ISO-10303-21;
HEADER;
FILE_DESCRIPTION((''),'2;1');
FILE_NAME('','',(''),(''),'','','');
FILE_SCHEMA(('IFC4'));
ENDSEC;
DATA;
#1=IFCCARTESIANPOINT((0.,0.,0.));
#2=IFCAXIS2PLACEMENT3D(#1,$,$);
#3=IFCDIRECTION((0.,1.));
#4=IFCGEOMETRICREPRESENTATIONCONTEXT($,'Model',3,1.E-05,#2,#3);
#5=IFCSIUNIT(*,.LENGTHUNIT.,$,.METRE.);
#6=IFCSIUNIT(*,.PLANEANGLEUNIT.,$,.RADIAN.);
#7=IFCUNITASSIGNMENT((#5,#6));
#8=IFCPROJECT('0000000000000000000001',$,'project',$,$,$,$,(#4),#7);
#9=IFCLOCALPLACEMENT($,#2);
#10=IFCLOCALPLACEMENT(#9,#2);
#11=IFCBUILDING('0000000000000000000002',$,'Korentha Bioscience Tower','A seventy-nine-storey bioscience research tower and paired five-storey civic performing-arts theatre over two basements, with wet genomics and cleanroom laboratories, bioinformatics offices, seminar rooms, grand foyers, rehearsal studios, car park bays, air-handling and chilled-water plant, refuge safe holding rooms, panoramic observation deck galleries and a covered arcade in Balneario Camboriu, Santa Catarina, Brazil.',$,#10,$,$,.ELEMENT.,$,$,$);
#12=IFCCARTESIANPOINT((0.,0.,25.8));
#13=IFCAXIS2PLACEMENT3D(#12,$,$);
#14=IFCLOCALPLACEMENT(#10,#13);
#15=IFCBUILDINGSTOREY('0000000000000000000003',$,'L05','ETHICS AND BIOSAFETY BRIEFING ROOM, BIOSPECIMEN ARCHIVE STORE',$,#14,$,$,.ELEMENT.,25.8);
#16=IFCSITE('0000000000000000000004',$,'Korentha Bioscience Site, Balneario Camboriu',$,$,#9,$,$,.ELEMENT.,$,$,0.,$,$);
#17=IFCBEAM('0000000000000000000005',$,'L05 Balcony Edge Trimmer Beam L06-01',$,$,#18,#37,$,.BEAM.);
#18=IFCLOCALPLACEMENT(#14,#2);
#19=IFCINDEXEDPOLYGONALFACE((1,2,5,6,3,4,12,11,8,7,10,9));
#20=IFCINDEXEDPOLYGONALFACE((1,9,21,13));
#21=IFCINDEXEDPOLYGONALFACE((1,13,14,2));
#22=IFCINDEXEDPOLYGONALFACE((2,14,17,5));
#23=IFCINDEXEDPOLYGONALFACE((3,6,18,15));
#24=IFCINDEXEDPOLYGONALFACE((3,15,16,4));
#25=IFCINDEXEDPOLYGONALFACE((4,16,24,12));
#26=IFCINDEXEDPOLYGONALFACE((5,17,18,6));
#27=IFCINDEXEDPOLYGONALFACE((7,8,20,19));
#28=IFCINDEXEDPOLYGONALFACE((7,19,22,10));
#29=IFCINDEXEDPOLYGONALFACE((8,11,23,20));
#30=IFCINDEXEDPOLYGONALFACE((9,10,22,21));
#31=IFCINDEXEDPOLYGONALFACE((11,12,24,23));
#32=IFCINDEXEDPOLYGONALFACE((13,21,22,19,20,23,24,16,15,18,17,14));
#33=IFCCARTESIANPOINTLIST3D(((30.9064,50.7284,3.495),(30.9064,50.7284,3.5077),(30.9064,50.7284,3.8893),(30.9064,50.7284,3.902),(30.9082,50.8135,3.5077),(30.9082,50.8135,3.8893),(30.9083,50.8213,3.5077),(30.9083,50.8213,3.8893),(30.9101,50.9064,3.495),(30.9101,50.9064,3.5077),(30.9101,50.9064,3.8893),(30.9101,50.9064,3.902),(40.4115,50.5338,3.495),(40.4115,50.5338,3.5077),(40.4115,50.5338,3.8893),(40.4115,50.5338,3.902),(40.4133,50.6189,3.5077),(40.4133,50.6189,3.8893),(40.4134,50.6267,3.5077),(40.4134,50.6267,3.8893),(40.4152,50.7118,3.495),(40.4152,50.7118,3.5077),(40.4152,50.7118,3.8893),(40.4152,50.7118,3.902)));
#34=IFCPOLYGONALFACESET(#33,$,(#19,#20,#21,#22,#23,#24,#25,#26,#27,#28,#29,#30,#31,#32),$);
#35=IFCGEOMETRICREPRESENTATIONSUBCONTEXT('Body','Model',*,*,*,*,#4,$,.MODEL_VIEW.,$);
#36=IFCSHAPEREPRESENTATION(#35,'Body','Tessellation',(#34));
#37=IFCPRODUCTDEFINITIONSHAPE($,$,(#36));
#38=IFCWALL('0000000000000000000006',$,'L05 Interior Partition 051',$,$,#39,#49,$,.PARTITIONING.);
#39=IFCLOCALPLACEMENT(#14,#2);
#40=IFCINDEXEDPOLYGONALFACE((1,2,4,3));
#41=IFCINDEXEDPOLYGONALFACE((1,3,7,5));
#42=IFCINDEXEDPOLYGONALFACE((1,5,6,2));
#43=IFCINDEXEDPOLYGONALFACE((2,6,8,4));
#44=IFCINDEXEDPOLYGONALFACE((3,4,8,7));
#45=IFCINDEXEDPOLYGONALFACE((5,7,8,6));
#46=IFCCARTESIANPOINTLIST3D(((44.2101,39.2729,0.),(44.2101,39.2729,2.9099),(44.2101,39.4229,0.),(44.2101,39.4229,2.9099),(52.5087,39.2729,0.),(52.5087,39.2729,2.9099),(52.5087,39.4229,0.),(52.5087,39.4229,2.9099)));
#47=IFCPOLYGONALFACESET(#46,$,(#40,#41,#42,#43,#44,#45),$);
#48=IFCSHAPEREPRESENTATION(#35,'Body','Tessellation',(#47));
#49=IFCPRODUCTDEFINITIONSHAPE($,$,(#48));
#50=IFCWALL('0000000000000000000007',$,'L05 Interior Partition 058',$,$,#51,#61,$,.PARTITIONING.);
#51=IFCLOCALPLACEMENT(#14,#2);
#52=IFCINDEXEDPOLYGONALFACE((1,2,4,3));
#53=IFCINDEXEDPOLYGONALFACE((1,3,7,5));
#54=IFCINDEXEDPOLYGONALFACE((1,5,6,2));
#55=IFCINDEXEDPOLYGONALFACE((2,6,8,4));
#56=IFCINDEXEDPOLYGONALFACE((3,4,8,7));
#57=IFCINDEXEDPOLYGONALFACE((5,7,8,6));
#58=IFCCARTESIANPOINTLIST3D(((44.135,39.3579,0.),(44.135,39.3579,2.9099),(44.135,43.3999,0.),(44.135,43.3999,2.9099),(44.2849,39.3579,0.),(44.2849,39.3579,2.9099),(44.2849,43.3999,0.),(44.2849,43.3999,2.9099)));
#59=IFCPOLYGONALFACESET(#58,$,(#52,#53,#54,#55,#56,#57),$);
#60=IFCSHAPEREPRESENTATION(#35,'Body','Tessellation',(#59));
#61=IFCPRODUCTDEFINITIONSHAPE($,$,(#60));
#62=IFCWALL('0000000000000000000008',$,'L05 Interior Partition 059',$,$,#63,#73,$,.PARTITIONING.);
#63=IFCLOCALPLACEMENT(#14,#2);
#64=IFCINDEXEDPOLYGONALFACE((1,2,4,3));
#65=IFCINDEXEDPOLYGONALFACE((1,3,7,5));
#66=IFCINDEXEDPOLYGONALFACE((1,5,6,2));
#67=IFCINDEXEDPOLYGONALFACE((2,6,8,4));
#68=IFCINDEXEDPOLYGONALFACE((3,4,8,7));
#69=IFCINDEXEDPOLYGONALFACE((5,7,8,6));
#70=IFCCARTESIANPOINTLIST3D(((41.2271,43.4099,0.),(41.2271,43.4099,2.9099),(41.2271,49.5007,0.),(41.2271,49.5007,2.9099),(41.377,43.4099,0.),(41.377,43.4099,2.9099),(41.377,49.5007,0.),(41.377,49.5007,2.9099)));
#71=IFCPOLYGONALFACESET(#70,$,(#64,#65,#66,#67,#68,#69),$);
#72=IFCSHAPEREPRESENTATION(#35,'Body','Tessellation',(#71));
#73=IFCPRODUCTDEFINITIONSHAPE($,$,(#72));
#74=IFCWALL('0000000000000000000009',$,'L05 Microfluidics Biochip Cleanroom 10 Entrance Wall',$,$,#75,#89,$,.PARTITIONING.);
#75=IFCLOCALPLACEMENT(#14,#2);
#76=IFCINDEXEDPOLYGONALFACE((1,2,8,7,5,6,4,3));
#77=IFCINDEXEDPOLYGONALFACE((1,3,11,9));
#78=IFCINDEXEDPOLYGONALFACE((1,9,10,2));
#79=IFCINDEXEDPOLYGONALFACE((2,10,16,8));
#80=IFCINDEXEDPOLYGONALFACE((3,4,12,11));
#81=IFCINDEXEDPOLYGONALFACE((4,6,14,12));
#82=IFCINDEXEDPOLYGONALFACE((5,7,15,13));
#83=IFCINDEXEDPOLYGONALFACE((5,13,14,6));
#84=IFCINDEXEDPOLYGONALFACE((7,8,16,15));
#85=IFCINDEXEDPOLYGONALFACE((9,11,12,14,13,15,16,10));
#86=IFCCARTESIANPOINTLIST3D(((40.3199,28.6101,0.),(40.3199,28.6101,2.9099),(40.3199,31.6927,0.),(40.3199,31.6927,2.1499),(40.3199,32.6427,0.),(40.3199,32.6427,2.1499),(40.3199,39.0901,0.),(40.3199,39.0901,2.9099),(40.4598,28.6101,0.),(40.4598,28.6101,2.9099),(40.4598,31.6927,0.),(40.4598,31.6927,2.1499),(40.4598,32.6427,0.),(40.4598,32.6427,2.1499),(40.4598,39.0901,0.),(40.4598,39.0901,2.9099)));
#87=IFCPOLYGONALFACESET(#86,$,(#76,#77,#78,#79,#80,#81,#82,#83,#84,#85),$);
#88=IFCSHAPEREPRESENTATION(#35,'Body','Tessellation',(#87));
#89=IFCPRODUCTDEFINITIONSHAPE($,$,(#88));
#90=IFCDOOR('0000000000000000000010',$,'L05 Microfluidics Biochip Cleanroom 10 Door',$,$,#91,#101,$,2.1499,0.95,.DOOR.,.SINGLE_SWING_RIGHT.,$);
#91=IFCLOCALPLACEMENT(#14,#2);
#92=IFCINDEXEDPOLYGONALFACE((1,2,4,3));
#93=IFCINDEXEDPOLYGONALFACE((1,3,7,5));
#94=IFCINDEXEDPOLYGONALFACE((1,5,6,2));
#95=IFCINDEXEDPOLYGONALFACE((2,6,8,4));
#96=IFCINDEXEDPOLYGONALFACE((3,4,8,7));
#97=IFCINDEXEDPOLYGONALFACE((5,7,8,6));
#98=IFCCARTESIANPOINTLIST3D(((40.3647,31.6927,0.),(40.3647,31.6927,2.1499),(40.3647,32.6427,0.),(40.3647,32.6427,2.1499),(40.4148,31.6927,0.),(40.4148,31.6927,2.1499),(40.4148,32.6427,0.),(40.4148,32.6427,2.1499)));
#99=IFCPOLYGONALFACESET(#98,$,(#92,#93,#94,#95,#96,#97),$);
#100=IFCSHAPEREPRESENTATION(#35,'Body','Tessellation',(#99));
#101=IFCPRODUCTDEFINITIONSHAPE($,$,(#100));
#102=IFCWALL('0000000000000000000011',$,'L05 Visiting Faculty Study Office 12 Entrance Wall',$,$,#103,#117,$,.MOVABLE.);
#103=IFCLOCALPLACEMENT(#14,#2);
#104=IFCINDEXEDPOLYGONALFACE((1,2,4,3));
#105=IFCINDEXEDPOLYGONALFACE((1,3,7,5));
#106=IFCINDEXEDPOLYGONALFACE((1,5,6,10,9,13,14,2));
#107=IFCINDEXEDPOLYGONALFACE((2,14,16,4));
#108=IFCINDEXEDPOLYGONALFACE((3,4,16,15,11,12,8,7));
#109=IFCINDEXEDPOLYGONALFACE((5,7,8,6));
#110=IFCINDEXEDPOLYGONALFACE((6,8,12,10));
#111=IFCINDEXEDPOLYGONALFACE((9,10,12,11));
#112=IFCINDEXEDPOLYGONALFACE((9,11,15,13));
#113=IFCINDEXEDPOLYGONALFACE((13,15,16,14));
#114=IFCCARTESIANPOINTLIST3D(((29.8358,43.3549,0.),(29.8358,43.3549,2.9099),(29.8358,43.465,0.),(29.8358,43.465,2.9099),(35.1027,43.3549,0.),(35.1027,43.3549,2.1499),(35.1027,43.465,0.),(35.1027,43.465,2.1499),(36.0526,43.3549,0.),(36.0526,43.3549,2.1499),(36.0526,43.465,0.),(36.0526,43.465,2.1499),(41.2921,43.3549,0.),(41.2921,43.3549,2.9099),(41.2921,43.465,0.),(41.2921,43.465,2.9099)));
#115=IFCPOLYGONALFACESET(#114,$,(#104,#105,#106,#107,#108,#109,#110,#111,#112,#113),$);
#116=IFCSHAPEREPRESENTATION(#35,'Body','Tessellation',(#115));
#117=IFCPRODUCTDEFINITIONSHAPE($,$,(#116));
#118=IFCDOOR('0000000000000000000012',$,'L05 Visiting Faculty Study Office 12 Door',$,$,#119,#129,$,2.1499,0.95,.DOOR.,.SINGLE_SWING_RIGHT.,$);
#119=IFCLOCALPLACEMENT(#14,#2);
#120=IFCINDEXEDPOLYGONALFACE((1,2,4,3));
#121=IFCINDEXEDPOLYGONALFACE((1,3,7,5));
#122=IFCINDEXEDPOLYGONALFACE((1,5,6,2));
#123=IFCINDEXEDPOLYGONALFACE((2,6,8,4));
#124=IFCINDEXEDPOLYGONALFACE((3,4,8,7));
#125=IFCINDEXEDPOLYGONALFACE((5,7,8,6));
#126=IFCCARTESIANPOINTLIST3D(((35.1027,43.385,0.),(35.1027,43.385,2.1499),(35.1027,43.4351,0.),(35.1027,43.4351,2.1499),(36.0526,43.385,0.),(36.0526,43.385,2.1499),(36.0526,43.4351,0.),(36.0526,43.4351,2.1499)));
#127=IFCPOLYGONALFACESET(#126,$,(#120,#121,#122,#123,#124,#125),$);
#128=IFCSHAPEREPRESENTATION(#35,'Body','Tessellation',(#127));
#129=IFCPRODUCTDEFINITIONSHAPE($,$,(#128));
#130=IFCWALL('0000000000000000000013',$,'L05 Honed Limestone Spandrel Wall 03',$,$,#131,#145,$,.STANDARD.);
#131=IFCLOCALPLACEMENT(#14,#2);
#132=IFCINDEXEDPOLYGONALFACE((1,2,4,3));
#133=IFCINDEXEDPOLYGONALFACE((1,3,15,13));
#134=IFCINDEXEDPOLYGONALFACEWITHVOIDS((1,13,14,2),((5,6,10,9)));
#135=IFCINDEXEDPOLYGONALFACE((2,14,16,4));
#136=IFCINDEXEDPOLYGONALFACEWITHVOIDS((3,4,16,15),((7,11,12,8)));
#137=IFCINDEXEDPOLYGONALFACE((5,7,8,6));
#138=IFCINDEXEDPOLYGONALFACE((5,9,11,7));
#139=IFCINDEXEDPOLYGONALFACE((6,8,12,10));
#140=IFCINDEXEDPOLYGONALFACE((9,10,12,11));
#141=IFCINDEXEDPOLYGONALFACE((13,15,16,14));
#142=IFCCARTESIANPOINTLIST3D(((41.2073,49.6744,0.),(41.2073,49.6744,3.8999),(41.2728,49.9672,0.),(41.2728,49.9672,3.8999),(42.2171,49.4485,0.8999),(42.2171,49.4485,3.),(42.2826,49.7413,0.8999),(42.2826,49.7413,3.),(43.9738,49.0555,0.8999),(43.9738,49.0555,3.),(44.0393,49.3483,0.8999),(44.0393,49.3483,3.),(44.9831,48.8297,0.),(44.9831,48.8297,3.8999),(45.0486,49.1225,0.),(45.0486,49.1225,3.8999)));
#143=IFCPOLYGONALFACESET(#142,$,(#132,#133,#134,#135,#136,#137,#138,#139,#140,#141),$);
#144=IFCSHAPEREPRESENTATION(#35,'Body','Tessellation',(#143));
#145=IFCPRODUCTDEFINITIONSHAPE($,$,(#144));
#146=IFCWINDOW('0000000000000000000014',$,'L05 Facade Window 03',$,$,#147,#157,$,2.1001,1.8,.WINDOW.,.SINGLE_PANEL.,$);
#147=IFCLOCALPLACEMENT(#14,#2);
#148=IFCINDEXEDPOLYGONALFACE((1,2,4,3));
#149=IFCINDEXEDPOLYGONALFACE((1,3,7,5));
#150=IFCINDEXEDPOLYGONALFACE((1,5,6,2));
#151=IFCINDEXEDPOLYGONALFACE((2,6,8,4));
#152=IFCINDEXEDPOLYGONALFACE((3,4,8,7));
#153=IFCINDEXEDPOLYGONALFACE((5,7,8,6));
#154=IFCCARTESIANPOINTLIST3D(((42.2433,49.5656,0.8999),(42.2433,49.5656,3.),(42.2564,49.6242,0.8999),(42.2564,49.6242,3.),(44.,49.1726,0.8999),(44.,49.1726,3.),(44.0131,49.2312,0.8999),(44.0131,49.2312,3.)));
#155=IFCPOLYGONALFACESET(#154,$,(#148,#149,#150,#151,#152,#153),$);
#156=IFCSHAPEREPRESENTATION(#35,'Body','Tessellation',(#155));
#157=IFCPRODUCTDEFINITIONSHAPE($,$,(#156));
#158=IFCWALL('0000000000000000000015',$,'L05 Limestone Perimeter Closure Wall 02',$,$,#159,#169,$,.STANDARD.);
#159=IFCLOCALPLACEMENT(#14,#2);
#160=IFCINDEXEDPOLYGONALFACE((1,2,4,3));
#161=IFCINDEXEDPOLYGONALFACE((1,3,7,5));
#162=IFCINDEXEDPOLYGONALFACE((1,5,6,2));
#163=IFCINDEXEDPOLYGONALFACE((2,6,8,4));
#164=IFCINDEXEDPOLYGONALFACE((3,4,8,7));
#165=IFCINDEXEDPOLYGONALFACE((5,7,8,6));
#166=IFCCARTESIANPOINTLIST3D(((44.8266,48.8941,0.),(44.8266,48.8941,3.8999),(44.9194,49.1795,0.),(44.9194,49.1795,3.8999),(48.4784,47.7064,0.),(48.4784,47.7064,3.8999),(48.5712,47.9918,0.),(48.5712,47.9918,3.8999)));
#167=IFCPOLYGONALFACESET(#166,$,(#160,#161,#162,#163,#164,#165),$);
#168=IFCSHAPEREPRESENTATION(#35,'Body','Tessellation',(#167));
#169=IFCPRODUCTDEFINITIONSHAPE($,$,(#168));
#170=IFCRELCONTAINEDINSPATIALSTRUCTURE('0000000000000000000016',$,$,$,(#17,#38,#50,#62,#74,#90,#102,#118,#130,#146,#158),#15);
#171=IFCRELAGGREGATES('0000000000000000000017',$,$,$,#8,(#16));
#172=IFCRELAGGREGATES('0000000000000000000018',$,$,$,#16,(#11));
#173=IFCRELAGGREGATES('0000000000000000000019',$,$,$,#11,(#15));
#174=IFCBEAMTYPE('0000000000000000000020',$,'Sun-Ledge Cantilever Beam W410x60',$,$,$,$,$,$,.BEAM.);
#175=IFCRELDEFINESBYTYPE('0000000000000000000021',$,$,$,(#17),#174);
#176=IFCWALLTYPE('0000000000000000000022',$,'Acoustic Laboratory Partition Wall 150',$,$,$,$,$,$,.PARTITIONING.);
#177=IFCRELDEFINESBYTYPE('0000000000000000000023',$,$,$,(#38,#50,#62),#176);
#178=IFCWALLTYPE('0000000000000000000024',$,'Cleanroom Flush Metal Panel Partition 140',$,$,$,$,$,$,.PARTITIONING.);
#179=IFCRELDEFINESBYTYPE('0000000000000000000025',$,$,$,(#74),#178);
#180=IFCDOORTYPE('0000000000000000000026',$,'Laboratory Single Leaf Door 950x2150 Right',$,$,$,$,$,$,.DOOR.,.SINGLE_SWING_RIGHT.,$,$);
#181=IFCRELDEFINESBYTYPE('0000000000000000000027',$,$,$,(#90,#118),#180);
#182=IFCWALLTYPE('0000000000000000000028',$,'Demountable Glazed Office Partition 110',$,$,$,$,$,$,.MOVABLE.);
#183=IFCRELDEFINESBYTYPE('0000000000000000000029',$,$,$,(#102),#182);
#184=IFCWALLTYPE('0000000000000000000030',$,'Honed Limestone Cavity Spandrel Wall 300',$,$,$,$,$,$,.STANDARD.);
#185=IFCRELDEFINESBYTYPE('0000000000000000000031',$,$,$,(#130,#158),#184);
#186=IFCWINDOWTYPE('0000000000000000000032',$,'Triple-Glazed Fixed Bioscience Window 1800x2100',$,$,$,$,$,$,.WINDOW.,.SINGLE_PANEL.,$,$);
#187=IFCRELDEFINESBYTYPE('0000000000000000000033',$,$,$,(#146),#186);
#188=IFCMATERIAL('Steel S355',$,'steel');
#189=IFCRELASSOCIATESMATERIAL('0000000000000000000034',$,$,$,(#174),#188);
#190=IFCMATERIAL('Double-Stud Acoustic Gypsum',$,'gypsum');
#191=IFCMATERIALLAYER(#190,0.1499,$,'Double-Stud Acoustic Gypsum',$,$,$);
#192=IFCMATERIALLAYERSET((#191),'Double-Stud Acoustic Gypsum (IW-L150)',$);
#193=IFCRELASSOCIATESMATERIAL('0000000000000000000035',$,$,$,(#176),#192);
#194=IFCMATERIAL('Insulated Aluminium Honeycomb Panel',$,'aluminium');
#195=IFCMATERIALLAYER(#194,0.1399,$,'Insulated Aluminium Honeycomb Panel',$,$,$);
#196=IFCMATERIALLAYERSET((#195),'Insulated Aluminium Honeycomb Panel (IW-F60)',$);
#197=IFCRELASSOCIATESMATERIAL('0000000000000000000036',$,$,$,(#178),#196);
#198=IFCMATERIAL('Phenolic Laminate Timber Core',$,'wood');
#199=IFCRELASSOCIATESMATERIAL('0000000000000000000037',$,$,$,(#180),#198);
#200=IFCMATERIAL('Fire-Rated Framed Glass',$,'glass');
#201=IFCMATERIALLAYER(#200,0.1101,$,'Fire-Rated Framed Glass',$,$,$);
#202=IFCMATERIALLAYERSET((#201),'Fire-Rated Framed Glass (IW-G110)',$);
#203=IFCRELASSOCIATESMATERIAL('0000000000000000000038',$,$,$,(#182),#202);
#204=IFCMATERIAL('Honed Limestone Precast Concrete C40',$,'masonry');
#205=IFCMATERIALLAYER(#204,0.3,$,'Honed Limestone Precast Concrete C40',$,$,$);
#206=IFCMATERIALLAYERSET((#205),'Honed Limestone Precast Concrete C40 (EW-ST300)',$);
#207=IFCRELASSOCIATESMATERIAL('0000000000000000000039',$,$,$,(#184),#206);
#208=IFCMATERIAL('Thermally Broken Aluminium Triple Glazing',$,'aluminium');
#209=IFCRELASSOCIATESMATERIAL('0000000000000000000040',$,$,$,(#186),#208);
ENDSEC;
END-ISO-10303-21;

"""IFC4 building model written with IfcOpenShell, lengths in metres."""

from ifc_helpers import new_model, si_unit, direction, frame, frame_2d, origin, origin_2d, place, context, subcontext, project, spatial, rectangle, i_section, extrude, material, layer, layer_set, material_profile, profile_set, type_object, element, fill, save


model = new_model("IFC4")

# Units and contexts
model_context = context("Model", 3, precision=1e-05, world=origin(), true_north=direction((0.0, 1.0)))
body_context = subcontext(model_context, "Body", "Model", "MODEL_VIEW")
ifc_project = project(units=[si_unit("LENGTHUNIT", "METRE"), si_unit("PLANEANGLEUNIT", "RADIAN")], contexts=[model_context])

# Site, building, storey
site_placement = place(None, origin())
site = spatial("IfcSite", under=ifc_project, at=site_placement, Name="Korentha Bioscience Site, Balneario Camboriu", CompositionType="ELEMENT", RefElevation=0.0)
building_placement = place(site_placement, origin())
building = spatial("IfcBuilding", under=site, at=building_placement, Name="Korentha Bioscience Tower", Description="A seventy-nine-storey bioscience research tower and paired five-storey civic performing-arts theatre over two basements, with wet genomics and cleanroom laboratories, bioinformatics offices, seminar rooms, grand foyers, rehearsal studios, car park bays, air-handling and chilled-water plant, refuge safe holding rooms, panoramic observation deck galleries and a covered arcade in Balneario Camboriu, Santa Catarina, Brazil.", CompositionType="ELEMENT")
storey_placement = place(building_placement, frame((0.0, 0.0, 25.8)))
storey = spatial("IfcBuildingStorey", under=building, at=storey_placement, Name="L05", Description="ETHICS AND BIOSAFETY BRIEFING ROOM, BIOSPECIMEN ARCHIVE STORE", CompositionType="ELEMENT", Elevation=25.8)

# Shared definitions
ifc_material_1 = material(Name="Steel S355", Category="steel")

# Beam
ifc_material_profile_1 = material_profile(ifc_material_1, i_section(OverallWidth=0.178, OverallDepth=0.407, WebThickness=0.0078, FlangeThickness=0.0127, at=origin_2d()), Name="Steel S355")
ifc_profile_set_1 = profile_set([ifc_material_profile_1], Name="Steel S355 (CB-410)")
beam_type_1 = type_object("IfcBeamType", Name="Sun-Ledge Cantilever Beam W410x60", PredefinedType="BEAM", material=ifc_profile_set_1)
beam_1_placement = place(storey_placement, frame((40.4133, 50.6228, 3.6985), z_axis=(-0.999791, 0.020467, 0.0), x_axis=(-0.020467, -0.999791, 0.0)))
element("IfcBeam", 1, at=beam_1_placement, inside=storey, type_object=beam_type_1, Name="L05 Balcony Edge Trimmer Beam L06-01", PredefinedType="BEAM", context=body_context, shape_type="SweptSolid", body=[
    extrude(i_section(OverallWidth=0.178, OverallDepth=0.407, WebThickness=0.0078, FlangeThickness=0.0127, at=origin_2d()), origin(), (0.0, 0.0, 1.0), 9.5071),
])

# Shared definitions
ifc_material_2 = material(Name="Double-Stud Acoustic Gypsum", Category="gypsum")
ifc_layer_1 = layer(ifc_material_2, 0.1499, Name="Double-Stud Acoustic Gypsum")
ifc_layer_set_1 = layer_set([ifc_layer_1], Name="Double-Stud Acoustic Gypsum (IW-L150)")
wall_type_1 = type_object("IfcWallType", Name="Acoustic Laboratory Partition Wall 150", PredefinedType="PARTITIONING", material=ifc_layer_set_1)
ifc_material_3 = material(Name="Phenolic Laminate Timber Core", Category="wood")

# Walls
wall_1_placement = place(storey_placement, frame((44.21, 39.3479, 0.0), z_axis=(0.0, 0.0, 1.0), x_axis=(1.0, 0.0, 0.0)))
element("IfcWall", 2, at=wall_1_placement, inside=storey, type_object=wall_type_1, Name="L05 Interior Partition 051", PredefinedType="PARTITIONING", context=body_context, shape_type="SweptSolid", body=[
    extrude(rectangle(XDim=8.2986, YDim=0.1499, at=frame_2d((4.1494, 0.0))), origin(), (0.0, 0.0, 1.0), 2.9099),
])
wall_2_placement = place(storey_placement, frame((44.21, 39.3579, 0.0), z_axis=(0.0, 0.0, 1.0), x_axis=(0.0, 1.0, 0.0)))
element("IfcWall", 3, at=wall_2_placement, inside=storey, type_object=wall_type_1, Name="L05 Interior Partition 058", PredefinedType="PARTITIONING", context=body_context, shape_type="SweptSolid", body=[
    extrude(rectangle(XDim=4.042, YDim=0.1499, at=frame_2d((2.021, 0.0))), origin(), (0.0, 0.0, 1.0), 2.9099),
])
wall_3_placement = place(storey_placement, frame((41.302, 43.4099, 0.0), z_axis=(0.0, 0.0, 1.0), x_axis=(0.0, 1.0, 0.0)))
element("IfcWall", 4, at=wall_3_placement, inside=storey, type_object=wall_type_1, Name="L05 Interior Partition 059", PredefinedType="PARTITIONING", context=body_context, shape_type="SweptSolid", body=[
    extrude(rectangle(XDim=6.0908, YDim=0.1499, at=frame_2d((3.0454, 0.0))), origin(), (0.0, 0.0, 1.0), 2.9099),
])

# Walls, openings, doors
ifc_material_4 = material(Name="Insulated Aluminium Honeycomb Panel", Category="aluminium")
ifc_layer_2 = layer(ifc_material_4, 0.1399, Name="Insulated Aluminium Honeycomb Panel")
ifc_layer_set_2 = layer_set([ifc_layer_2], Name="Insulated Aluminium Honeycomb Panel (IW-F60)")
wall_type_2 = type_object("IfcWallType", Name="Cleanroom Flush Metal Panel Partition 140", PredefinedType="PARTITIONING", material=ifc_layer_set_2)
wall_4_placement = place(storey_placement, frame((40.3899, 39.0901, 0.0), z_axis=(0.0, 0.0, 1.0), x_axis=(0.0, -1.0, 0.0)))
wall_4 = element("IfcWall", 5, at=wall_4_placement, inside=storey, type_object=wall_type_2, Name="L05 Microfluidics Biochip Cleanroom 10 Entrance Wall", PredefinedType="PARTITIONING", context=body_context, shape_type="SweptSolid", body=[
    extrude(rectangle(XDim=10.48, YDim=0.1399, at=frame_2d((5.24, 0.0))), origin(), (0.0, 0.0, 1.0), 2.9099),
])
opening_1_placement = place(wall_4_placement, frame((6.4473, 0.0, 0.0)))
opening_1 = element("IfcOpeningElement", 6, at=opening_1_placement, cuts=wall_4, PredefinedType="OPENING", context=body_context, shape_type="SweptSolid", body=[
    extrude(rectangle(XDim=0.95, YDim=2.1499, at=frame_2d((0.4751, 1.075))), frame((0.0, 0.085, 0.0), z_axis=(0.0, -1.0, 0.0), x_axis=(1.0, 0.0, 0.0)), (0.0, 0.0, 1.0), 0.1697),
])
door_type_1 = type_object("IfcDoorType", Name="Laboratory Single Leaf Door 950x2150 Right", OperationType="SINGLE_SWING_RIGHT", PredefinedType="DOOR", material=ifc_material_3)
door_1_placement = place(opening_1_placement, origin())
door_1 = element("IfcDoor", 7, at=door_1_placement, inside=storey, type_object=door_type_1, Name="L05 Microfluidics Biochip Cleanroom 10 Door", OperationType="SINGLE_SWING_RIGHT", OverallHeight=2.1499, OverallWidth=0.95, PredefinedType="DOOR", context=body_context, shape_type="SweptSolid", body=[
    extrude(rectangle(XDim=0.95, YDim=2.1499, at=frame_2d((0.4751, 1.075))), frame((0.0, 0.0249, 0.0), z_axis=(0.0, -1.0, 0.0), x_axis=(1.0, 0.0, 0.0)), (0.0, 0.0, 1.0), 0.05),
])
fill(opening_1, door_1)
ifc_material_5 = material(Name="Fire-Rated Framed Glass", Category="glass")
ifc_layer_3 = layer(ifc_material_5, 0.1101, Name="Fire-Rated Framed Glass")
ifc_layer_set_3 = layer_set([ifc_layer_3], Name="Fire-Rated Framed Glass (IW-G110)")
wall_type_3 = type_object("IfcWallType", Name="Demountable Glazed Office Partition 110", PredefinedType="MOVABLE", material=ifc_layer_set_3)
wall_5_placement = place(storey_placement, frame((41.292, 43.4099, 0.0), z_axis=(0.0, 0.0, 1.0), x_axis=(-1.0, 0.0, 0.0)))
wall_5 = element("IfcWall", 8, at=wall_5_placement, inside=storey, type_object=wall_type_3, Name="L05 Visiting Faculty Study Office 12 Entrance Wall", PredefinedType="MOVABLE", context=body_context, shape_type="SweptSolid", body=[
    extrude(rectangle(XDim=11.4563, YDim=0.1101, at=frame_2d((5.728, 0.0))), origin(), (0.0, 0.0, 1.0), 2.9099),
])
opening_2_placement = place(wall_5_placement, frame((5.2393, 0.0, 0.0)))
opening_2 = element("IfcOpeningElement", 9, at=opening_2_placement, cuts=wall_5, PredefinedType="OPENING", context=body_context, shape_type="SweptSolid", body=[
    extrude(rectangle(XDim=0.95, YDim=2.1499, at=frame_2d((0.4751, 1.075))), frame((0.0, 0.0698, 0.0), z_axis=(0.0, -1.0, 0.0), x_axis=(1.0, 0.0, 0.0)), (0.0, 0.0, 1.0), 0.1399),
])
door_2_placement = place(opening_2_placement, origin())
door_2 = element("IfcDoor", 10, at=door_2_placement, inside=storey, type_object=door_type_1, Name="L05 Visiting Faculty Study Office 12 Door", OperationType="SINGLE_SWING_RIGHT", OverallHeight=2.1499, OverallWidth=0.95, PredefinedType="DOOR", context=body_context, shape_type="SweptSolid", body=[
    extrude(rectangle(XDim=0.95, YDim=2.1499, at=frame_2d((0.4751, 1.075))), frame((0.0, 0.0249, 0.0), z_axis=(0.0, -1.0, 0.0), x_axis=(1.0, 0.0, 0.0)), (0.0, 0.0, 1.0), 0.05),
])
fill(opening_2, door_2)

# Wall, opening, window
ifc_material_6 = material(Name="Honed Limestone Precast Concrete C40", Category="masonry")
ifc_layer_4 = layer(ifc_material_6, 0.3, Name="Honed Limestone Precast Concrete C40")
ifc_layer_set_4 = layer_set([ifc_layer_4], Name="Honed Limestone Precast Concrete C40 (EW-ST300)")
wall_type_4 = type_object("IfcWallType", Name="Honed Limestone Cavity Spandrel Wall 300", PredefinedType="STANDARD", material=ifc_layer_set_4)
wall_6_placement = place(storey_placement, frame((45.0159, 48.9761, 0.0), z_axis=(0.0, 0.0, 1.0), x_axis=(-0.975877, 0.21832, 0.0)))
wall_6 = element("IfcWall", 11, at=wall_6_placement, inside=storey, type_object=wall_type_4, Name="L05 Honed Limestone Spandrel Wall 03", PredefinedType="STANDARD", context=body_context, shape_type="SweptSolid", body=[
    extrude(rectangle(XDim=3.8691, YDim=0.3, at=frame_2d((1.9346, 0.0))), origin(), (0.0, 0.0, 1.0), 3.8999),
])
opening_3_placement = place(wall_6_placement, frame((1.0344, 0.0, 0.8999)))
opening_3 = element("IfcOpeningElement", 12, at=opening_3_placement, cuts=wall_6, PredefinedType="OPENING", context=body_context, shape_type="SweptSolid", body=[
    extrude(rectangle(XDim=1.8, YDim=2.1001, at=frame_2d((0.8999, 1.05))), frame((0.0, 0.165, 0.0), z_axis=(0.0, -1.0, 0.0), x_axis=(1.0, 0.0, 0.0)), (0.0, 0.0, 1.0), 0.3298),
])
ifc_material_7 = material(Name="Thermally Broken Aluminium Triple Glazing", Category="aluminium")
window_type = type_object("IfcWindowType", Name="Triple-Glazed Fixed Bioscience Window 1800x2100", PartitioningType="SINGLE_PANEL", PredefinedType="WINDOW", material=ifc_material_7)
window_placement = place(opening_3_placement, origin())
window = element("IfcWindow", 13, at=window_placement, inside=storey, type_object=window_type, Name="L05 Facade Window 03", OverallHeight=2.1001, OverallWidth=1.8, PartitioningType="SINGLE_PANEL", PredefinedType="WINDOW", context=body_context, shape_type="SweptSolid", body=[
    extrude(rectangle(XDim=1.8, YDim=2.1001, at=frame_2d((0.8999, 1.05))), frame((0.0, 0.03, 0.0), z_axis=(0.0, -1.0, 0.0), x_axis=(1.0, 0.0, 0.0)), (0.0, 0.0, 1.0), 0.0601),
])
fill(opening_3, window)

# Wall
wall_7_placement = place(storey_placement, frame((48.5247, 47.8491, 0.0), z_axis=(0.0, 0.0, 1.0), x_axis=(-0.950966, 0.309296, 0.0)))
element("IfcWall", 14, at=wall_7_placement, inside=storey, type_object=wall_type_4, Name="L05 Limestone Perimeter Closure Wall 02", PredefinedType="STANDARD", context=body_context, shape_type="SweptSolid", body=[
    extrude(rectangle(XDim=3.8401, YDim=0.3, at=frame_2d((1.9199, 0.0))), origin(), (0.0, 0.0, 1.0), 3.8999),
])

save(model, "model.ifc")
